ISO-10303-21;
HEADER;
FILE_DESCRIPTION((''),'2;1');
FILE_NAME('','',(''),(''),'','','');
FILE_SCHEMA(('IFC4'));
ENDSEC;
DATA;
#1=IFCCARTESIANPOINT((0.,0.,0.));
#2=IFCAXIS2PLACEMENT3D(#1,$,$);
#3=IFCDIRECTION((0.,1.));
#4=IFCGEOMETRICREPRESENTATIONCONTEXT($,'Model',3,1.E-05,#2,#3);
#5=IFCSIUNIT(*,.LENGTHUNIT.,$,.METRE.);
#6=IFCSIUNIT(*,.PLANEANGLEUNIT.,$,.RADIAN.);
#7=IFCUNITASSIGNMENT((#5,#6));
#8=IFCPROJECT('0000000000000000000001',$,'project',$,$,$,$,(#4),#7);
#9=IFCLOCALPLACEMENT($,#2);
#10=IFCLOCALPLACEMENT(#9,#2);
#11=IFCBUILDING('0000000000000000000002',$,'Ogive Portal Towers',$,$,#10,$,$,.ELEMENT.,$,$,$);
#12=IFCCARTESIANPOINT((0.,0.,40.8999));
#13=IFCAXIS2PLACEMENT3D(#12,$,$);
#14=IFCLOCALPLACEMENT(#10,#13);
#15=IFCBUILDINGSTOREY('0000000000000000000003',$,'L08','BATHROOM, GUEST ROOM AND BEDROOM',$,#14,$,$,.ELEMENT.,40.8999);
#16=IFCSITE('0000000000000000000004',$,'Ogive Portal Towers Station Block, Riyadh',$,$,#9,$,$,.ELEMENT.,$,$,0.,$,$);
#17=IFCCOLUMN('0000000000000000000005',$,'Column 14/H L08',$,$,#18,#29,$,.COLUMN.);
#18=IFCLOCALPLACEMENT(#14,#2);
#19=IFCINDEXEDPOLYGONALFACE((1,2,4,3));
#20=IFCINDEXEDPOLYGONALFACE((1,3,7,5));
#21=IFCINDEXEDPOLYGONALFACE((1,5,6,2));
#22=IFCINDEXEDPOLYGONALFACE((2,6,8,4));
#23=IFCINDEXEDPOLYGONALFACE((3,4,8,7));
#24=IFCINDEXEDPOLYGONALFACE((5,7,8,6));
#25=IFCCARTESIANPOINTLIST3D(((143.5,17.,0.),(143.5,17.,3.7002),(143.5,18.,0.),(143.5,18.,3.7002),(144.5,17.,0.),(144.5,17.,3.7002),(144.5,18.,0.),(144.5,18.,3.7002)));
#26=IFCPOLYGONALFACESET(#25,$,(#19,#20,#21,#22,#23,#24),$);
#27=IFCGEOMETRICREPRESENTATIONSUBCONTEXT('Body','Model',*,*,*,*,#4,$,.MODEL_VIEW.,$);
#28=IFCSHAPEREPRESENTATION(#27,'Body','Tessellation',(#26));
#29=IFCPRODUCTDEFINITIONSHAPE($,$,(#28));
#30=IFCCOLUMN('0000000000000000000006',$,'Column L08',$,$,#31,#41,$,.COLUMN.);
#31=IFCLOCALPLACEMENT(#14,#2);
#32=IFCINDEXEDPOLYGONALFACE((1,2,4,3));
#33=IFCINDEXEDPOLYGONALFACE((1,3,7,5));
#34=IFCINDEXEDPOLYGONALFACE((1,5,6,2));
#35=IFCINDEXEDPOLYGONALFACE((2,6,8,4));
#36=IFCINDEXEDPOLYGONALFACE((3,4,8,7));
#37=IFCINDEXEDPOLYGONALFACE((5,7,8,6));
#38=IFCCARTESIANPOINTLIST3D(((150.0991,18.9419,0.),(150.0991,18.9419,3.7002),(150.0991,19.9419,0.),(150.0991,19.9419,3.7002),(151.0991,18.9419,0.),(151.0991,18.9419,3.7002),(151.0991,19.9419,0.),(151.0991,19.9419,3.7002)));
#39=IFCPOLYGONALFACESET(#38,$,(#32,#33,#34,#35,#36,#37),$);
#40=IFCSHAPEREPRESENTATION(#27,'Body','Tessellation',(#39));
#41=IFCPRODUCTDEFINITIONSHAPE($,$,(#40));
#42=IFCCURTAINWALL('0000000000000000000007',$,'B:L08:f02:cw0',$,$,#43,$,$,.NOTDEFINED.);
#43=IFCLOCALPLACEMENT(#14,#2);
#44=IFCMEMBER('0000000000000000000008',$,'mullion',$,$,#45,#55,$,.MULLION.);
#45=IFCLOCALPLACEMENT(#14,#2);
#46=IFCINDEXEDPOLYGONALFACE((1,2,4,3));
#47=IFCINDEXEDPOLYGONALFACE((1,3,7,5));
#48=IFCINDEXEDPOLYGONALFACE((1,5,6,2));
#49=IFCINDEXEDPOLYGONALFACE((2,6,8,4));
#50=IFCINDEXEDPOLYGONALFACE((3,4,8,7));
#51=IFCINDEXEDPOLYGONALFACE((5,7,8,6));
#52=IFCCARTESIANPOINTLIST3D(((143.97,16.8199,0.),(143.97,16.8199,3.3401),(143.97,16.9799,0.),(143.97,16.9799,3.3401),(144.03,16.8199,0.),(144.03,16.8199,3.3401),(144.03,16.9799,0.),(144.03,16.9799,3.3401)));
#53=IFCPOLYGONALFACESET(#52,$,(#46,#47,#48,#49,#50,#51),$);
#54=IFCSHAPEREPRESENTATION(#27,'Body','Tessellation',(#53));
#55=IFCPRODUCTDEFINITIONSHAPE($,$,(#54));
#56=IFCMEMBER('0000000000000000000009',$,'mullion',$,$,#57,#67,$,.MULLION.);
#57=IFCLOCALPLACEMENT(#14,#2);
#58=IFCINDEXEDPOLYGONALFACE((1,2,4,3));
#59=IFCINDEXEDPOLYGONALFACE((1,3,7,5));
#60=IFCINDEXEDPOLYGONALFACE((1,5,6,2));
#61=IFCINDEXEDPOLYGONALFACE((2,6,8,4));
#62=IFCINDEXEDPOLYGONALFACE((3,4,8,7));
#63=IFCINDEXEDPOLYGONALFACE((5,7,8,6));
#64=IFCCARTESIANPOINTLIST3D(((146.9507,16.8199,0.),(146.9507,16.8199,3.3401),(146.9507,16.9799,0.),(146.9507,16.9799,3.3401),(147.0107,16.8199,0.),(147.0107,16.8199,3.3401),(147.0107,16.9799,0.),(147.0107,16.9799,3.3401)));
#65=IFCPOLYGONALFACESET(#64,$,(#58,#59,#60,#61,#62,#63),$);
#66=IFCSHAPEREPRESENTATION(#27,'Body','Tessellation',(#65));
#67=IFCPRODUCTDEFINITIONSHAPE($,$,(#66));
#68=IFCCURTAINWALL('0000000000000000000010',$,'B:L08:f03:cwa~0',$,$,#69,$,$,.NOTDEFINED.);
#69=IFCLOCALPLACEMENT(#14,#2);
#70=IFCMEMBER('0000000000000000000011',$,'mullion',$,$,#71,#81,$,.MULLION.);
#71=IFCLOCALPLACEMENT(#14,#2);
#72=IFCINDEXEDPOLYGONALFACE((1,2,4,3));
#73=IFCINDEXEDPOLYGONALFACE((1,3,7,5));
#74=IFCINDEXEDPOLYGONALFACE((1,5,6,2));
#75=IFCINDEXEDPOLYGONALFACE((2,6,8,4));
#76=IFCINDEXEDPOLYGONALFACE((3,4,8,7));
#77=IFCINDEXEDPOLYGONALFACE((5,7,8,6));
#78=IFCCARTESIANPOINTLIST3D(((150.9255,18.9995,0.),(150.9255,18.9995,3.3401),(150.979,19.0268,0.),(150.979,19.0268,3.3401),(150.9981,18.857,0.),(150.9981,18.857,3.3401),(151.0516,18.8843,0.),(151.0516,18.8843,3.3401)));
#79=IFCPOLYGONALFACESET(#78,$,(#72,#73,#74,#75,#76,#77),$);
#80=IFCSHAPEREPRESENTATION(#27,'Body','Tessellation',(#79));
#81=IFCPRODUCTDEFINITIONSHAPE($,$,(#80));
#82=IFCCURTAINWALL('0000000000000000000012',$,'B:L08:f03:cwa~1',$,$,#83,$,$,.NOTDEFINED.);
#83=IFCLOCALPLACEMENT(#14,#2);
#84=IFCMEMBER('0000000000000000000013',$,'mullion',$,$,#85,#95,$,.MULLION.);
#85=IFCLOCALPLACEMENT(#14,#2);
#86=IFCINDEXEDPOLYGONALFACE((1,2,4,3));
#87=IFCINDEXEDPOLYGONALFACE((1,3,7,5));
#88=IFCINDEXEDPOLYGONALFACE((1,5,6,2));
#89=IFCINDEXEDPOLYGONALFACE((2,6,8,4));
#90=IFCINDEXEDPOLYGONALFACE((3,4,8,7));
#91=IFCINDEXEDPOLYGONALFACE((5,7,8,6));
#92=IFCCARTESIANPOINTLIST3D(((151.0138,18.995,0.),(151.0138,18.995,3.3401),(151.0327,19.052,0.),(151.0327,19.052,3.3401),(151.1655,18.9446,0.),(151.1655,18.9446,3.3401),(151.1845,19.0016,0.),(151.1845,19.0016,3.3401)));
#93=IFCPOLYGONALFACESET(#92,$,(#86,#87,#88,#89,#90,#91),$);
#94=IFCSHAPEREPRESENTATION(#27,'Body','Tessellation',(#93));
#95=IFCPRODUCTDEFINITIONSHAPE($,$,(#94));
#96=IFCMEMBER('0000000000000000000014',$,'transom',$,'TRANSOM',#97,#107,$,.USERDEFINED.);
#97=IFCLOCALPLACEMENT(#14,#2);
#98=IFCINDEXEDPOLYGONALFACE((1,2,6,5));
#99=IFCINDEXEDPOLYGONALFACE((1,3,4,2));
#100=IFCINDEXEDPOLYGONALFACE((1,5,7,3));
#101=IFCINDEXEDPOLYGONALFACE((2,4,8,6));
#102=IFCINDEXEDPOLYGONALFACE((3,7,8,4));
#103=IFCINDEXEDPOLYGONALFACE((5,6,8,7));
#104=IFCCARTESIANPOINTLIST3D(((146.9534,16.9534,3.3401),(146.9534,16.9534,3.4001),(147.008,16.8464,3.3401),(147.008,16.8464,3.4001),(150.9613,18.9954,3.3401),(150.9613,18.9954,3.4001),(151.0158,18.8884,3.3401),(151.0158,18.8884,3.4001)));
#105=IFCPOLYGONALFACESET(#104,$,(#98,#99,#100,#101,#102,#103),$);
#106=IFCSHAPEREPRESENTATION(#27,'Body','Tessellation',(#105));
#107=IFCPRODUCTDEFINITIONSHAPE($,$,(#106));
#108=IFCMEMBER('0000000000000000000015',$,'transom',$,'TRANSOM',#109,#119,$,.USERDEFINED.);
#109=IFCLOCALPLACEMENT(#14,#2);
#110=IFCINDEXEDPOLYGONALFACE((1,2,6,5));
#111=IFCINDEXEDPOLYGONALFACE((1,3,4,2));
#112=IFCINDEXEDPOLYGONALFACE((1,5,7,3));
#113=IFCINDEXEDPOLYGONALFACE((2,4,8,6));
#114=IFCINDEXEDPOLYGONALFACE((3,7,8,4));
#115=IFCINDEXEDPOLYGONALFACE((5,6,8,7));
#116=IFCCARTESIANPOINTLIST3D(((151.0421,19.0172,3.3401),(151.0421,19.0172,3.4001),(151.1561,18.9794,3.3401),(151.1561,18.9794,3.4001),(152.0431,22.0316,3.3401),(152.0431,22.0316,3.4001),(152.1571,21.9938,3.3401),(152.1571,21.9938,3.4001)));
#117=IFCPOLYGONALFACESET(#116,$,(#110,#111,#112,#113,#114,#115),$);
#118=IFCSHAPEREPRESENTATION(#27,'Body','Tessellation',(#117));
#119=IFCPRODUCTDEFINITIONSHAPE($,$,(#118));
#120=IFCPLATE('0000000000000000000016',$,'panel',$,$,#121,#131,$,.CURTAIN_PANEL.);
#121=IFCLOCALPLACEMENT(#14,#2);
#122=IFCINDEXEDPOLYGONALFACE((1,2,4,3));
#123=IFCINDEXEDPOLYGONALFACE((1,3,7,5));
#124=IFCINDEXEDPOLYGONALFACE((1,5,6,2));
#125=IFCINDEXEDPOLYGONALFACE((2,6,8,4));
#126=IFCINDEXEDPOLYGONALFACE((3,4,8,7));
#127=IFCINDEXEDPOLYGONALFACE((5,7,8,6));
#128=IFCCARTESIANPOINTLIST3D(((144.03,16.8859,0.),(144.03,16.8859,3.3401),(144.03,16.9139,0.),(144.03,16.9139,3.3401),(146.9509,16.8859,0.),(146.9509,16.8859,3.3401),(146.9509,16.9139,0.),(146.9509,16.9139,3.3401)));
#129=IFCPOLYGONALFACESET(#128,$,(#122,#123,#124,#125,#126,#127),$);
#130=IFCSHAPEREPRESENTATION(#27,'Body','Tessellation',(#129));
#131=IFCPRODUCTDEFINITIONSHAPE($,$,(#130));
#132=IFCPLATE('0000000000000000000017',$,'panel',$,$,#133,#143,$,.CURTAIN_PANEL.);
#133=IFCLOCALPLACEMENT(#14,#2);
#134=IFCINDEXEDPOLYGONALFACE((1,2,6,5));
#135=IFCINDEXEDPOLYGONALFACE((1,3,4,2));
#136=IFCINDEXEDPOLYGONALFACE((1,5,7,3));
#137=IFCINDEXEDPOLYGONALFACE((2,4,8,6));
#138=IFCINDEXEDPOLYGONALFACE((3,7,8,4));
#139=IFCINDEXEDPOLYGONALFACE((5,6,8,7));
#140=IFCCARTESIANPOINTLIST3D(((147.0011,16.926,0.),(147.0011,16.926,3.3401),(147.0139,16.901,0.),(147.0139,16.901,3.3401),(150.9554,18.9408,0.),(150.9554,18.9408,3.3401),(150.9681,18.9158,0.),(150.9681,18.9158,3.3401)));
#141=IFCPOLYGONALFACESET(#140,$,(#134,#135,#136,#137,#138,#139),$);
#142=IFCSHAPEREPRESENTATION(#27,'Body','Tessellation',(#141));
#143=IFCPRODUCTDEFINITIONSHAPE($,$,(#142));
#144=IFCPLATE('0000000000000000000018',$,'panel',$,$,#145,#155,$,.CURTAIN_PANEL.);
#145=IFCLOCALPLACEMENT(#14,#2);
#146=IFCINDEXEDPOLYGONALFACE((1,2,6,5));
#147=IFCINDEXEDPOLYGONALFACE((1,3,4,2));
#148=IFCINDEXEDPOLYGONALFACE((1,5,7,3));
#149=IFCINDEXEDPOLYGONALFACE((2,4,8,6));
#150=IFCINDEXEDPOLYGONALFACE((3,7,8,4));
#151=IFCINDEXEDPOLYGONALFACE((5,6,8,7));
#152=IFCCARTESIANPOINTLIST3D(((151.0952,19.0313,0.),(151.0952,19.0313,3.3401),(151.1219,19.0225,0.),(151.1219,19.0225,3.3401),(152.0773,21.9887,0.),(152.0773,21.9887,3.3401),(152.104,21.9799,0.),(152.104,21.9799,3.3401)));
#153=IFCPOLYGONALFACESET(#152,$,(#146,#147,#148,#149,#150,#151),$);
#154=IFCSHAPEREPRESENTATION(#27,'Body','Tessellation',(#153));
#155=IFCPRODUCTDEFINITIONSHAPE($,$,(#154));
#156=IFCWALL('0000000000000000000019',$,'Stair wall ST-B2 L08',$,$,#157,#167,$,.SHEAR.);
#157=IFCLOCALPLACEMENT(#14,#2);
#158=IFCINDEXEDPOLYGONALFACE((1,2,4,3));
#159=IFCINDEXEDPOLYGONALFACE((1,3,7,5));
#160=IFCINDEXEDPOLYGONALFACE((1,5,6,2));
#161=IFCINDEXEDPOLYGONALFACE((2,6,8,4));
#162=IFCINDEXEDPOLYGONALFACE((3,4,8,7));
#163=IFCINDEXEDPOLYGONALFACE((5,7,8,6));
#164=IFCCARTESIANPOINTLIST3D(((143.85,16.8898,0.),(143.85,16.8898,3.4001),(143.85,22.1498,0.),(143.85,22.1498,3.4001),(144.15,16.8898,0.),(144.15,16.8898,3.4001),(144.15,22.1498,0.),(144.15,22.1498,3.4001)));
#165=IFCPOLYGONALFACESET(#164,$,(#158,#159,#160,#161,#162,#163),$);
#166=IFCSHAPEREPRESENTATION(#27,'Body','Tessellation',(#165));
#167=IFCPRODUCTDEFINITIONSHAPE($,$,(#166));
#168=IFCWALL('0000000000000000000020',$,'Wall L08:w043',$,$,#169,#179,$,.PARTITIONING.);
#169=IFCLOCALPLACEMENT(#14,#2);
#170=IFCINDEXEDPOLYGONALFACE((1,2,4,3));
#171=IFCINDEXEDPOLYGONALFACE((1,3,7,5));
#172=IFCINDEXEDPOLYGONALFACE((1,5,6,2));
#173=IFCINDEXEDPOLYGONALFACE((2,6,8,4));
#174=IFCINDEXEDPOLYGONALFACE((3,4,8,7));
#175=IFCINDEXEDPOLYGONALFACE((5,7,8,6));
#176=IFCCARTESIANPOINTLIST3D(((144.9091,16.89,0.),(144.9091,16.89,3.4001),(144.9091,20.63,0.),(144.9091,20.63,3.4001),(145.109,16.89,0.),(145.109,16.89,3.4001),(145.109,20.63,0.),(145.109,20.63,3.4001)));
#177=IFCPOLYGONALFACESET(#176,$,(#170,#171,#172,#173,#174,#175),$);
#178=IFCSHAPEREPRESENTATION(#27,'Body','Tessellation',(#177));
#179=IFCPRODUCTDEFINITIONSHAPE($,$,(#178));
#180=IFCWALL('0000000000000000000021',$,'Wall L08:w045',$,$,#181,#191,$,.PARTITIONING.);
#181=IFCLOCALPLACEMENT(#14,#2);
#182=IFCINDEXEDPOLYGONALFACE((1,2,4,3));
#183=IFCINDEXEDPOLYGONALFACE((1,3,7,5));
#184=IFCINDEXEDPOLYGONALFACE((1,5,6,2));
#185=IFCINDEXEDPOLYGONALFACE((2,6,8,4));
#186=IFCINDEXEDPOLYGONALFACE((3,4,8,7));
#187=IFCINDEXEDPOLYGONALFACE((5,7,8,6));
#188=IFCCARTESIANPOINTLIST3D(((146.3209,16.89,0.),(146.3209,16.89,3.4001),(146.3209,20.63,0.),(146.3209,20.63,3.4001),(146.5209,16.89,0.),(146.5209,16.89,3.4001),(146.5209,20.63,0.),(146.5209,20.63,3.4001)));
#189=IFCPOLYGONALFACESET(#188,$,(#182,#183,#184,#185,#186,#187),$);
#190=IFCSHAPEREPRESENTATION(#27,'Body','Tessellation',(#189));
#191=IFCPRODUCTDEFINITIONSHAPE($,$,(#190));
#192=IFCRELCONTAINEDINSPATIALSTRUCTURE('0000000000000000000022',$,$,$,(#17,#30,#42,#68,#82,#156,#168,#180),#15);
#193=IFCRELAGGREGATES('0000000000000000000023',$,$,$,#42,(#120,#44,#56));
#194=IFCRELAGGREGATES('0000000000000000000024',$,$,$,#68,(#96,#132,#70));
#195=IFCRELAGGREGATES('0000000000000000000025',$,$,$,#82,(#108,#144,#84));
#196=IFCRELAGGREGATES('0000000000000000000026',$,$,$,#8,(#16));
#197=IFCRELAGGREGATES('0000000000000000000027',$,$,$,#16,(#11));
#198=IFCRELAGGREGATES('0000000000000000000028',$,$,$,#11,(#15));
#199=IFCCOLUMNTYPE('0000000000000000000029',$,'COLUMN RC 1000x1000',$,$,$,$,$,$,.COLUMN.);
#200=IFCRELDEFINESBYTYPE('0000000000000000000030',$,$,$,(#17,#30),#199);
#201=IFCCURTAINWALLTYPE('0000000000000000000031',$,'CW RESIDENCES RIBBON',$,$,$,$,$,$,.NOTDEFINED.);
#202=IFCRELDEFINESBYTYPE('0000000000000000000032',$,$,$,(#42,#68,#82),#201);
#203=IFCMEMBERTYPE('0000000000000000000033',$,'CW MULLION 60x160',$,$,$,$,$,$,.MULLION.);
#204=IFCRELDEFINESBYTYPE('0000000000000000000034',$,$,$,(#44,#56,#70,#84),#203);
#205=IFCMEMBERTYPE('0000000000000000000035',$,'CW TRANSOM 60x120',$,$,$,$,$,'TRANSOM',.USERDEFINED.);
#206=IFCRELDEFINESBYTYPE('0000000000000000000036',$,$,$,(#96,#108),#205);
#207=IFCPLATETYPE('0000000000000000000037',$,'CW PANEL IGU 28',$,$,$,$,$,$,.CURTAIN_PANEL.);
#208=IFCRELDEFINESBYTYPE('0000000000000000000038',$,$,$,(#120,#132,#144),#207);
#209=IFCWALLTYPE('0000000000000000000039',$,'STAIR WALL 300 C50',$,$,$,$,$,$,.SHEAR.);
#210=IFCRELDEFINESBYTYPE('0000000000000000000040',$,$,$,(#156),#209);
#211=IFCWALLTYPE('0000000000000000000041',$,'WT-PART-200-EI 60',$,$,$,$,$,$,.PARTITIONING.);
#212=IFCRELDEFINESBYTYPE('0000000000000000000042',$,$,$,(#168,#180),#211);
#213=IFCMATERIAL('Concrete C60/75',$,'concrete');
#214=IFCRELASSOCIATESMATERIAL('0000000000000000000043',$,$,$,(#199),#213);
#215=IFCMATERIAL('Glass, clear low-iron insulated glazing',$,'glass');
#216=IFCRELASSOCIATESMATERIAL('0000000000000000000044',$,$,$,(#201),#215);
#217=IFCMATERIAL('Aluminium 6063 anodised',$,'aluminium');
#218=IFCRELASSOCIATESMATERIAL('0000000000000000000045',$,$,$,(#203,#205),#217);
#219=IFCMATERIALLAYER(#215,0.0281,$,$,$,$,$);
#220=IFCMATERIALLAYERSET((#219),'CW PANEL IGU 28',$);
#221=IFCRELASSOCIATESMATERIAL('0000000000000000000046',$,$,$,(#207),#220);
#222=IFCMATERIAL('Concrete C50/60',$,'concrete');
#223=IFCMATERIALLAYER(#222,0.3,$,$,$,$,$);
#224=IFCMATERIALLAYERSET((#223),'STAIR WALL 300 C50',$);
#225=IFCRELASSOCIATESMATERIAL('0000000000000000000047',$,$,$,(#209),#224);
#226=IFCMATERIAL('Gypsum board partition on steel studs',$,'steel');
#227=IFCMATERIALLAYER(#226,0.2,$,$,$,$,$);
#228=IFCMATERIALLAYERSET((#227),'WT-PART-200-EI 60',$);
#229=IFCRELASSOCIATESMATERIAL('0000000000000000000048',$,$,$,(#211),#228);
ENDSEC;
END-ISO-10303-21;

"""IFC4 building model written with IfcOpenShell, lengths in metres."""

from ifc_helpers import new_model, si_unit, direction, frame, frame_2d, origin, origin_2d, place, context, subcontext, project, spatial, rectangle, extrude, material, layer, layer_set, material_profile, profile_set, type_object, element, aggregate, save


model = new_model("IFC4")

# Units and contexts
model_context = context("Model", 3, precision=1e-05, world=origin(), true_north=direction((0.0, 1.0)))
body_context = subcontext(model_context, "Body", "Model", "MODEL_VIEW")
ifc_project = project(units=[si_unit("LENGTHUNIT", "METRE"), si_unit("PLANEANGLEUNIT", "RADIAN")], contexts=[model_context])

# Site, building, storey
site_placement = place(None, origin())
site = spatial("IfcSite", under=ifc_project, at=site_placement, Name="Ogive Portal Towers Station Block, Riyadh", CompositionType="ELEMENT", RefElevation=0.0)
building_placement = place(site_placement, origin())
building = spatial("IfcBuilding", under=site, at=building_placement, Name="Ogive Portal Towers", CompositionType="ELEMENT")
storey_placement = place(building_placement, frame((0.0, 0.0, 40.8999)))
storey = spatial("IfcBuildingStorey", under=building, at=storey_placement, Name="L08", Description="BATHROOM, GUEST ROOM AND BEDROOM", CompositionType="ELEMENT", Elevation=40.8999)

# Columns
ifc_material_1 = material(Name="Concrete C60/75", Category="concrete")
ifc_material_profile_1 = material_profile(ifc_material_1, rectangle(XDim=1.0, YDim=1.0, at=origin_2d()), Name="RC 1000x1000")
ifc_profile_set_1 = profile_set([ifc_material_profile_1], Name="Concrete C60/75")
column_type = type_object("IfcColumnType", Name="COLUMN RC 1000x1000", PredefinedType="COLUMN", material=ifc_profile_set_1)
for number, where, z_axis, x_axis, name in (
    (1, (144.0, 17.5, 0.0), (0.0, 0.0, 1.0), (1.0, 0.0, 0.0), "Column 14/H L08"),
    (2, (150.5991, 19.4419, 0.0), (0.0, 0.0, 1.0), (1.0, 0.0, 0.0), "Column L08"),
):
    element("IfcColumn", number, at=place(storey_placement, frame(where, z_axis=z_axis, x_axis=x_axis)), inside=storey, type_object=column_type, Name=name, PredefinedType="COLUMN", context=body_context, shape_type="SweptSolid", body=[
        extrude(rectangle(XDim=1.0, YDim=1.0, at=origin_2d()), origin(), (0.0, 0.0, 1.0), 3.7002),
    ])

# Curtain wall, members
ifc_material_2 = material(Name="Glass, clear low-iron insulated glazing", Category="glass")
curtain_wall_type = type_object("IfcCurtainWallType", Name="CW RESIDENCES RIBBON", PredefinedType="NOTDEFINED", material=ifc_material_2)
curtain_wall_1_placement = place(storey_placement, origin())
curtain_wall_1 = element("IfcCurtainWall", 3, at=curtain_wall_1_placement, inside=storey, type_object=curtain_wall_type, Name="B:L08:f02:cw0", PredefinedType="NOTDEFINED")
ifc_material_3 = material(Name="Aluminium 6063 anodised", Category="aluminium")
ifc_material_profile_2 = material_profile(ifc_material_3, rectangle(XDim=0.1599, YDim=0.0601, at=origin_2d()), Name="AL 60x160")
ifc_profile_set_2 = profile_set([ifc_material_profile_2], Name="Aluminium 6063 anodised")
member_type_1 = type_object("IfcMemberType", Name="CW MULLION 60x160", PredefinedType="MULLION", material=ifc_profile_set_2)
member_1_placement = place(storey_placement, frame((144.0, 16.8999, 0.0), z_axis=(0.0, 0.0, 1.0), x_axis=(0.0, 1.0, 0.0)))
member_1 = element("IfcMember", 4, at=member_1_placement, type_object=member_type_1, Name="mullion", PredefinedType="MULLION", context=body_context, shape_type="SweptSolid", body=[
    extrude(rectangle(XDim=0.1599, YDim=0.0601, at=origin_2d()), origin(), (0.0, 0.0, 1.0), 3.3401),
])
member_2_placement = place(storey_placement, frame((146.9807, 16.8999, 0.0), z_axis=(0.0, 0.0, 1.0), x_axis=(0.0, 1.0, 0.0)))
member_2 = element("IfcMember", 5, at=member_2_placement, type_object=member_type_1, Name="mullion", PredefinedType="MULLION", context=body_context, shape_type="SweptSolid", body=[
    extrude(rectangle(XDim=0.1599, YDim=0.0601, at=origin_2d()), origin(), (0.0, 0.0, 1.0), 3.3401),
])

# Curtain walls, members
curtain_wall_2_placement = place(storey_placement, origin())
curtain_wall_2 = element("IfcCurtainWall", 6, at=curtain_wall_2_placement, inside=storey, type_object=curtain_wall_type, Name="B:L08:f03:cwa~0", PredefinedType="NOTDEFINED")
member_3_placement = place(storey_placement, frame((150.9885, 18.9419, 0.0), z_axis=(0.0, 0.0, 1.0), x_axis=(-0.45399, 0.891007, 0.0)))
member_3 = element("IfcMember", 7, at=member_3_placement, type_object=member_type_1, Name="mullion", PredefinedType="MULLION", context=body_context, shape_type="SweptSolid", body=[
    extrude(rectangle(XDim=0.1599, YDim=0.0601, at=origin_2d()), origin(), (0.0, 0.0, 1.0), 3.3401),
])
curtain_wall_3_placement = place(storey_placement, origin())
curtain_wall_3 = element("IfcCurtainWall", 8, at=curtain_wall_3_placement, inside=storey, type_object=curtain_wall_type, Name="B:L08:f03:cwa~1", PredefinedType="NOTDEFINED")
member_4_placement = place(storey_placement, frame((151.0991, 18.9983, 0.0), z_axis=(0.0, 0.0, 1.0), x_axis=(-0.94904, 0.315156, 0.0)))
member_4 = element("IfcMember", 9, at=member_4_placement, type_object=member_type_1, Name="mullion", PredefinedType="MULLION", context=body_context, shape_type="SweptSolid", body=[
    extrude(rectangle(XDim=0.1599, YDim=0.0601, at=origin_2d()), origin(), (0.0, 0.0, 1.0), 3.3401),
])

# Members
ifc_material_profile_3 = material_profile(ifc_material_3, rectangle(XDim=0.1201, YDim=0.0601, at=origin_2d()), Name="AL 120x60")
ifc_profile_set_3 = profile_set([ifc_material_profile_3], Name="Aluminium 6063 anodised")
member_type_2 = type_object("IfcMemberType", Name="CW TRANSOM 60x120", ElementType="TRANSOM", PredefinedType="USERDEFINED", material=ifc_profile_set_3)
member_5_placement = place(storey_placement, frame((146.9807, 16.8999, 3.3701), z_axis=(0.891015, 0.453975, 0.0), x_axis=(-0.453975, 0.891015, 0.0)))
member_5 = element("IfcMember", 10, at=member_5_placement, type_object=member_type_2, Name="transom", ObjectType="TRANSOM", PredefinedType="USERDEFINED", context=body_context, shape_type="SweptSolid", body=[
    extrude(rectangle(XDim=0.1201, YDim=0.0601, at=origin_2d()), origin(), (0.0, 0.0, 1.0), 4.498),
])
member_6_placement = place(storey_placement, frame((151.0991, 18.9983, 3.3701), z_axis=(0.315144, 0.949044, 0.0), x_axis=(-0.949044, 0.315144, 0.0)))
member_6 = element("IfcMember", 11, at=member_6_placement, type_object=member_type_2, Name="transom", ObjectType="TRANSOM", PredefinedType="USERDEFINED", context=body_context, shape_type="SweptSolid", body=[
    extrude(rectangle(XDim=0.1201, YDim=0.0601, at=origin_2d()), origin(), (0.0, 0.0, 1.0), 3.1763),
])

# Plates
ifc_layer_1 = layer(ifc_material_2, 0.0281)
ifc_layer_set_1 = layer_set([ifc_layer_1], Name="CW PANEL IGU 28")
plate_type = type_object("IfcPlateType", Name="CW PANEL IGU 28", PredefinedType="CURTAIN_PANEL", material=ifc_layer_set_1)
plate_1_placement = place(storey_placement, frame((145.4905, 16.8999, 0.0), z_axis=(0.0, 0.0, 1.0), x_axis=(1.0, 0.0, 0.0)))
plate_1 = element("IfcPlate", 12, at=plate_1_placement, type_object=plate_type, Name="panel", PredefinedType="CURTAIN_PANEL", context=body_context, shape_type="SweptSolid", body=[
    extrude(rectangle(XDim=2.9209, YDim=0.0281, at=origin_2d()), origin(), (0.0, 0.0, 1.0), 3.3401),
])
aggregate(curtain_wall_1, [plate_1, member_1, member_2])
plate_2_placement = place(storey_placement, frame((148.9846, 17.9209, 0.0), z_axis=(0.0, 0.0, 1.0), x_axis=(0.891007, 0.45399, 0.0)))
plate_2 = element("IfcPlate", 13, at=plate_2_placement, type_object=plate_type, Name="panel", PredefinedType="CURTAIN_PANEL", context=body_context, shape_type="SweptSolid", body=[
    extrude(rectangle(XDim=4.438, YDim=0.0281, at=origin_2d()), origin(), (0.0, 0.0, 1.0), 3.3401),
])
aggregate(curtain_wall_2, [member_5, plate_2, member_3])
plate_3_placement = place(storey_placement, frame((151.5996, 20.5056, 0.0), z_axis=(0.0, 0.0, 1.0), x_axis=(0.315156, 0.94904, 0.0)))
plate_3 = element("IfcPlate", 14, at=plate_3_placement, type_object=plate_type, Name="panel", PredefinedType="CURTAIN_PANEL", context=body_context, shape_type="SweptSolid", body=[
    extrude(rectangle(XDim=3.1162, YDim=0.0281, at=origin_2d()), origin(), (0.0, 0.0, 1.0), 3.3401),
])
aggregate(curtain_wall_3, [member_6, plate_3, member_4])

# Walls
ifc_material_4 = material(Name="Concrete C50/60", Category="concrete")
ifc_layer_2 = layer(ifc_material_4, 0.3)
ifc_layer_set_2 = layer_set([ifc_layer_2], Name="STAIR WALL 300 C50")
wall_type_1 = type_object("IfcWallType", Name="STAIR WALL 300 C50", PredefinedType="SHEAR", material=ifc_layer_set_2)
wall_placement = place(storey_placement, frame((144.0, 16.8899, 0.0), z_axis=(0.0, 0.0, 1.0), x_axis=(0.0, 1.0, 0.0)))
element("IfcWall", 15, at=wall_placement, inside=storey, type_object=wall_type_1, Name="Stair wall ST-B2 L08", PredefinedType="SHEAR", context=body_context, shape_type="SweptSolid", body=[
    extrude(rectangle(XDim=5.26, YDim=0.3, at=frame_2d((2.6299, 0.0))), origin(), (0.0, 0.0, 1.0), 3.4001),
])
ifc_material_5 = material(Name="Gypsum board partition on steel studs", Category="steel")
ifc_layer_3 = layer(ifc_material_5, 0.2)
ifc_layer_set_3 = layer_set([ifc_layer_3], Name="WT-PART-200-EI 60")
wall_type_2 = type_object("IfcWallType", Name="WT-PART-200-EI 60", PredefinedType="PARTITIONING", material=ifc_layer_set_3)
for number, where, z_axis, x_axis, name in (
    (16, (145.009, 16.8899, 0.0), (0.0, 0.0, 1.0), (0.0, 1.0, 0.0), "Wall L08:w043"),
    (17, (146.4209, 16.8899, 0.0), (0.0, 0.0, 1.0), (0.0, 1.0, 0.0), "Wall L08:w045"),
):
    element("IfcWall", number, at=place(storey_placement, frame(where, z_axis=z_axis, x_axis=x_axis)), inside=storey, type_object=wall_type_2, Name=name, PredefinedType="PARTITIONING", context=body_context, shape_type="SweptSolid", body=[
        extrude(rectangle(XDim=3.74, YDim=0.2, at=frame_2d((1.8701, 0.0))), origin(), (0.0, 0.0, 1.0), 3.4001),
    ])

save(model, "model.ifc")
